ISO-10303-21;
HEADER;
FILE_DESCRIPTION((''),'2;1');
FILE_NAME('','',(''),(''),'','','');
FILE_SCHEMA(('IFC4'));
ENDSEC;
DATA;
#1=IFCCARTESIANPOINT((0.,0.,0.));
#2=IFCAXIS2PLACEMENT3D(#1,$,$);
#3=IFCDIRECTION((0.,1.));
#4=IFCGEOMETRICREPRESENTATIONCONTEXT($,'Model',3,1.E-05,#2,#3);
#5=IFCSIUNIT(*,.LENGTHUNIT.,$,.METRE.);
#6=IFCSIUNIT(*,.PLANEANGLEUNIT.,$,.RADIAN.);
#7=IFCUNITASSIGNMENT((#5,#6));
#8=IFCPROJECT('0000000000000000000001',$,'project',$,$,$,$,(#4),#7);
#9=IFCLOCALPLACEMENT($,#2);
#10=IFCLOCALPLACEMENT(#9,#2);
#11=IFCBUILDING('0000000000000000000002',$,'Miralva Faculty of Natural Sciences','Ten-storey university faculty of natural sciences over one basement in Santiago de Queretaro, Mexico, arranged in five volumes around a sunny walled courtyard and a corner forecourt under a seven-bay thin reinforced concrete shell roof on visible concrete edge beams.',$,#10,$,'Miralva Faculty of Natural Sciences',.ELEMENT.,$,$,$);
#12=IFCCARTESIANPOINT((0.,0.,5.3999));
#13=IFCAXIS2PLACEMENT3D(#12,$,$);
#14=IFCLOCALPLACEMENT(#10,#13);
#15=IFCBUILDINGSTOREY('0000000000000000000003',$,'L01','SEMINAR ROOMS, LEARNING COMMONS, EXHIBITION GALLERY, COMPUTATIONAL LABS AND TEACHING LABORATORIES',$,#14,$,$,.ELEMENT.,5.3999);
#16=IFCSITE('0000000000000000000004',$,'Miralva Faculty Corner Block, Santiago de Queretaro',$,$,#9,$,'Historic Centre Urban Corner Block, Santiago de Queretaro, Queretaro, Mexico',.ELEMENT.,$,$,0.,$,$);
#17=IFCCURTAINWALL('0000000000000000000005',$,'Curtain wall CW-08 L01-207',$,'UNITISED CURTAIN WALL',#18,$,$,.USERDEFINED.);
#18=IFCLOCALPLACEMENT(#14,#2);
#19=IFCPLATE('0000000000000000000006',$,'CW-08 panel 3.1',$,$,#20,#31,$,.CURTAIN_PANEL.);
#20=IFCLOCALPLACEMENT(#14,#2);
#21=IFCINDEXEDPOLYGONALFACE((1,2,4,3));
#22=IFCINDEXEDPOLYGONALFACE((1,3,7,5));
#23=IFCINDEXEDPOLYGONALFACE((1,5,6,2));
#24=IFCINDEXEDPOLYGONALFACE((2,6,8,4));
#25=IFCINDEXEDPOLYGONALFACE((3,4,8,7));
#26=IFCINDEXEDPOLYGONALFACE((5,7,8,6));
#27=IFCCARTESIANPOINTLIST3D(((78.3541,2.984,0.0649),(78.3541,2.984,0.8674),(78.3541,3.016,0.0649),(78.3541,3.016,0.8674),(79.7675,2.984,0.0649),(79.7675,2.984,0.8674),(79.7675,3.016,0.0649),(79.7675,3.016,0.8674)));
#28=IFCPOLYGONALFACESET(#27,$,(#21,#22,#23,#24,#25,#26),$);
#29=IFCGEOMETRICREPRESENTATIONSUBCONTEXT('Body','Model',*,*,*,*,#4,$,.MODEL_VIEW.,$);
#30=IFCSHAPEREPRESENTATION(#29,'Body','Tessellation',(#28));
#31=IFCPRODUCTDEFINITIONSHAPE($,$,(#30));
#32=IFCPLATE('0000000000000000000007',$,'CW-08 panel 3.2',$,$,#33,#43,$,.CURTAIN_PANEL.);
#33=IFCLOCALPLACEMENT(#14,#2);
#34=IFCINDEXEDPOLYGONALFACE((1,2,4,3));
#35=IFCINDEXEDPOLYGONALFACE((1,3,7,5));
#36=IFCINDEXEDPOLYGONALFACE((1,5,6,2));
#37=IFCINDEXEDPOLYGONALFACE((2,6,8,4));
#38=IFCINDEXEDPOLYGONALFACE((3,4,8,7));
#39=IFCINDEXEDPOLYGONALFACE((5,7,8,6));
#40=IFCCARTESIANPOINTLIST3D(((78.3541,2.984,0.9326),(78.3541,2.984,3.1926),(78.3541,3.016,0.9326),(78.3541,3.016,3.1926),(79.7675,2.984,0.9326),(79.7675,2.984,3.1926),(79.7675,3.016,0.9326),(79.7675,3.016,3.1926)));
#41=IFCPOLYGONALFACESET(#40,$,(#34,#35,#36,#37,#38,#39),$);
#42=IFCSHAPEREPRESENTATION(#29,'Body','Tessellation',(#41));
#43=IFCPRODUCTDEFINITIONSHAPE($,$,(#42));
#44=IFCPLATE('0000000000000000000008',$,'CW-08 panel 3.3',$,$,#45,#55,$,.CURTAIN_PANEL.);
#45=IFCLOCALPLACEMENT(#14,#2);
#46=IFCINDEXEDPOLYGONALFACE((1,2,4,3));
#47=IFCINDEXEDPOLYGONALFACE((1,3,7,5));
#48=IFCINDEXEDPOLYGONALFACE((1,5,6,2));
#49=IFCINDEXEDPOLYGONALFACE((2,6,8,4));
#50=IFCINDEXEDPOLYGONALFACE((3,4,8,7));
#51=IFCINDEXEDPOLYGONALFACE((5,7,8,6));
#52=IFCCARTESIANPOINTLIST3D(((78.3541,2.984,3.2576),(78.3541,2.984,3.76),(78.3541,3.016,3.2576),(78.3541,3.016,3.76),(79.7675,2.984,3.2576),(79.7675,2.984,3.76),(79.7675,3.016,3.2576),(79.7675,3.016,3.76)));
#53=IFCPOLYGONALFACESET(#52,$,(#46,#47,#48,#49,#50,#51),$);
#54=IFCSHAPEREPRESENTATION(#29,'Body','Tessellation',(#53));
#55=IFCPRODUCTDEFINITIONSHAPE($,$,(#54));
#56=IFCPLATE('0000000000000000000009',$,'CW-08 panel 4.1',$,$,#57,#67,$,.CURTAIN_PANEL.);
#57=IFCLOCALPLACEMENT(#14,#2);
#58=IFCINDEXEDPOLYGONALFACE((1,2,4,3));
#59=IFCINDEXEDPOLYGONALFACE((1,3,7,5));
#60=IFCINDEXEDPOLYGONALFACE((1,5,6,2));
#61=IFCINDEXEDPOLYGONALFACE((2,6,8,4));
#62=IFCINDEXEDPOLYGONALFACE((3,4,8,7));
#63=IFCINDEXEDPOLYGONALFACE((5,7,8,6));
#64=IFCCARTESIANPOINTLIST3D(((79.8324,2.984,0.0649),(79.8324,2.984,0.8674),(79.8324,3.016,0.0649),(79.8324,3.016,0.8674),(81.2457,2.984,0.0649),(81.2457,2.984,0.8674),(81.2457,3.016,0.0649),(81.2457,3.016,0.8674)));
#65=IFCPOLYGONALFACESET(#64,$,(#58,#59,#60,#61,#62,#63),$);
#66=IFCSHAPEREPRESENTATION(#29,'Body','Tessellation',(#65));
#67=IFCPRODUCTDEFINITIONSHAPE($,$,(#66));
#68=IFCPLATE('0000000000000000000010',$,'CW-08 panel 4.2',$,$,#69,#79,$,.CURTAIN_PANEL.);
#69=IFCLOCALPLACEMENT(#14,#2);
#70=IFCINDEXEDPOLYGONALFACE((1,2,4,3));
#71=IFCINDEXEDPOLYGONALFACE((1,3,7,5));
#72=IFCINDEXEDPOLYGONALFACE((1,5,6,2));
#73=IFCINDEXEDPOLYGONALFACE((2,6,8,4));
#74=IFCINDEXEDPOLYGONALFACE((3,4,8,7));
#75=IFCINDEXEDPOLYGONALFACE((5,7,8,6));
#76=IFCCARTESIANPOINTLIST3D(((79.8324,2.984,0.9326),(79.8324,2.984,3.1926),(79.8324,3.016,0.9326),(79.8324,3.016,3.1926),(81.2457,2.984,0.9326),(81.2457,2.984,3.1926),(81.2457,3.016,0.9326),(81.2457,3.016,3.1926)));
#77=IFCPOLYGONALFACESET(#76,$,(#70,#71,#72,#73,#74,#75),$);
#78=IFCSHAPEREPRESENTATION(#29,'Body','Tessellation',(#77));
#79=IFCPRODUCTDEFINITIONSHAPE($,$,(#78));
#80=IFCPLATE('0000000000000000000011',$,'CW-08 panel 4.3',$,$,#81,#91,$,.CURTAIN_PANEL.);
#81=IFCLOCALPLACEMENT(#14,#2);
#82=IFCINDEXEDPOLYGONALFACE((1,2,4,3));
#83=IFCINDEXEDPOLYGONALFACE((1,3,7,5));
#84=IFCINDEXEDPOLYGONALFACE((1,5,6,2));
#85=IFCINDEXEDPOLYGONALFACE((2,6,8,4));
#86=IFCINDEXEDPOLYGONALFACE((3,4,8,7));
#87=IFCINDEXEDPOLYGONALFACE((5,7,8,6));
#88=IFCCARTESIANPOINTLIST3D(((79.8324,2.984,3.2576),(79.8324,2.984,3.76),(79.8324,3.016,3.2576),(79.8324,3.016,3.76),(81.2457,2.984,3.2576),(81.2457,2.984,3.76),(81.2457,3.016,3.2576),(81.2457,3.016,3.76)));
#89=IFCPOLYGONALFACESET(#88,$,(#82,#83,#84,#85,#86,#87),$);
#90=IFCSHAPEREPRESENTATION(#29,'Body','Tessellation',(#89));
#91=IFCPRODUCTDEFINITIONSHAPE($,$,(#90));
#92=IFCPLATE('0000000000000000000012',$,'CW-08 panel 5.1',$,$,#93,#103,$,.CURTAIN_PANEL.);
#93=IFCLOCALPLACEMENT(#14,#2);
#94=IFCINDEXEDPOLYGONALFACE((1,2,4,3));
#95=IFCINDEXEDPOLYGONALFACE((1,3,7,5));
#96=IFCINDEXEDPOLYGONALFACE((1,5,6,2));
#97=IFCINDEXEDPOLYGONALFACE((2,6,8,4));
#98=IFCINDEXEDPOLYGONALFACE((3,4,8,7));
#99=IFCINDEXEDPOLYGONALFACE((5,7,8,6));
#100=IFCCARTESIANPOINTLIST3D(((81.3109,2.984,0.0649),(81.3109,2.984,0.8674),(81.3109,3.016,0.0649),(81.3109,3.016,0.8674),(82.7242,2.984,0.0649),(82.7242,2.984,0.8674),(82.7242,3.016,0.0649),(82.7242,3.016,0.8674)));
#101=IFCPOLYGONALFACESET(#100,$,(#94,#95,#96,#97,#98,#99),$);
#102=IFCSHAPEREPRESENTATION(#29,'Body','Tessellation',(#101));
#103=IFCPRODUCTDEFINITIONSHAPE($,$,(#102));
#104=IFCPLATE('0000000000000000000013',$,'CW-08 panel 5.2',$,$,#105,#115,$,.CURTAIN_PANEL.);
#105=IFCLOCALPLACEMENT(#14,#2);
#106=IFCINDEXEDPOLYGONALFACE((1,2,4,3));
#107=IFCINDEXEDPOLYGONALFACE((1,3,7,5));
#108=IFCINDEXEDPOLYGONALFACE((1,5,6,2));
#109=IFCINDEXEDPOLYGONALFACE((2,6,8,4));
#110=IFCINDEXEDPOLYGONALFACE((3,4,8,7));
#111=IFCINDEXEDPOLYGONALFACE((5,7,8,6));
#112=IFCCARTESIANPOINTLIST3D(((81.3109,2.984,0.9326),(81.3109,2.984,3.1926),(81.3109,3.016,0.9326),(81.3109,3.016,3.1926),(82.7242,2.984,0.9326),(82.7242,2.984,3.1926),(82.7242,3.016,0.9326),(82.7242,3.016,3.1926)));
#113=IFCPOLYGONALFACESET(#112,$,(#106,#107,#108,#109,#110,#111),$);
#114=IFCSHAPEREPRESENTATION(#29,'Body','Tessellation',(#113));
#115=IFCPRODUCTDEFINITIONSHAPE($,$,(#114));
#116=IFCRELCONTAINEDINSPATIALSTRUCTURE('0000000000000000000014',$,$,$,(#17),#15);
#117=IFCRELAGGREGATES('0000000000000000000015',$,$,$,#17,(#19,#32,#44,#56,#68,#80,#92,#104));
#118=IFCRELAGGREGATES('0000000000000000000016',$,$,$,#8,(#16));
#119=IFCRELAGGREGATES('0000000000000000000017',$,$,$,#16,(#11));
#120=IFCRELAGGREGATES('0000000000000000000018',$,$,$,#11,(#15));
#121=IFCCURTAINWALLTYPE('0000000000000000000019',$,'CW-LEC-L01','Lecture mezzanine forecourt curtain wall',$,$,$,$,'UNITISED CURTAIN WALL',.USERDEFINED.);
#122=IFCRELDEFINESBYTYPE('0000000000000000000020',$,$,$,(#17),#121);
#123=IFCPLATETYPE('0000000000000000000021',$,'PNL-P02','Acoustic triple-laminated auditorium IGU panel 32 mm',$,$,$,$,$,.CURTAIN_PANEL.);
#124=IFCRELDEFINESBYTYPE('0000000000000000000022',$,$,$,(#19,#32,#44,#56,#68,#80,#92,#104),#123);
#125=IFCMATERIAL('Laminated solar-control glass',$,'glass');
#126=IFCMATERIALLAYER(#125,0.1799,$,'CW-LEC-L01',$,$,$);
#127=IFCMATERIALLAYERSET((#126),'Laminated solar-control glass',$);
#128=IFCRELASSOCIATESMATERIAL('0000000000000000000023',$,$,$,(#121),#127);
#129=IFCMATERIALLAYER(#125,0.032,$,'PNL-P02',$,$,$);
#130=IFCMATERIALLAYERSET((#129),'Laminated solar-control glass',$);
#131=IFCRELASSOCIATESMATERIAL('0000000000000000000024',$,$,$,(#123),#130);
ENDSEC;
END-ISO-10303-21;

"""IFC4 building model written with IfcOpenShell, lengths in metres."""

from ifc_helpers import new_model, si_unit, direction, frame, origin, origin_2d, place, context, subcontext, project, spatial, rectangle, extrude, material, layer, layer_set, type_object, element, aggregate, save


model = new_model("IFC4")

# Units and contexts
model_context = context("Model", 3, precision=1e-05, world=origin(), true_north=direction((0.0, 1.0)))
body_context = subcontext(model_context, "Body", "Model", "MODEL_VIEW")
ifc_project = project(units=[si_unit("LENGTHUNIT", "METRE"), si_unit("PLANEANGLEUNIT", "RADIAN")], contexts=[model_context])

# Site, building, storey
site_placement = place(None, origin())
site = spatial("IfcSite", under=ifc_project, at=site_placement, Name="Miralva Faculty Corner Block, Santiago de Queretaro", LongName="Historic Centre Urban Corner Block, Santiago de Queretaro, Queretaro, Mexico", CompositionType="ELEMENT", RefElevation=0.0)
building_placement = place(site_placement, origin())
building = spatial("IfcBuilding", under=site, at=building_placement, Name="Miralva Faculty of Natural Sciences", Description="Ten-storey university faculty of natural sciences over one basement in Santiago de Queretaro, Mexico, arranged in five volumes around a sunny walled courtyard and a corner forecourt under a seven-bay thin reinforced concrete shell roof on visible concrete edge beams.", LongName="Miralva Faculty of Natural Sciences", CompositionType="ELEMENT")
storey_placement = place(building_placement, frame((0.0, 0.0, 5.3999)))
storey = spatial("IfcBuildingStorey", under=building, at=storey_placement, Name="L01", Description="SEMINAR ROOMS, LEARNING COMMONS, EXHIBITION GALLERY, COMPUTATIONAL LABS AND TEACHING LABORATORIES", CompositionType="ELEMENT", Elevation=5.3999)

# Curtain wall, plates
ifc_material_1 = material(Name="Laminated solar-control glass", Category="glass")
ifc_layer_1 = layer(ifc_material_1, 0.1799, Name="CW-LEC-L01")
ifc_layer_set_1 = layer_set([ifc_layer_1], Name="Laminated solar-control glass")
curtain_wall_type = type_object("IfcCurtainWallType", Name="CW-LEC-L01", Description="Lecture mezzanine forecourt curtain wall", ElementType="UNITISED CURTAIN WALL", PredefinedType="USERDEFINED", material=ifc_layer_set_1)
curtain_wall_placement = place(storey_placement, origin())
curtain_wall = element("IfcCurtainWall", 1, at=curtain_wall_placement, inside=storey, type_object=curtain_wall_type, Name="Curtain wall CW-08 L01-207", ObjectType="UNITISED CURTAIN WALL", PredefinedType="USERDEFINED")
ifc_layer_2 = layer(ifc_material_1, 0.032, Name="PNL-P02")
ifc_layer_set_2 = layer_set([ifc_layer_2], Name="Laminated solar-control glass")
plate_type = type_object("IfcPlateType", Name="PNL-P02", Description="Acoustic triple-laminated auditorium IGU panel 32 mm", PredefinedType="CURTAIN_PANEL", material=ifc_layer_set_2)
plate_1_placement = place(storey_placement, frame((79.0608, 3.0, 0.0649), z_axis=(0.0, 0.0, 1.0), x_axis=(1.0, 0.0, 0.0)))
plate_1 = element("IfcPlate", 2, at=plate_1_placement, type_object=plate_type, Name="CW-08 panel 3.1", PredefinedType="CURTAIN_PANEL", context=body_context, shape_type="SweptSolid", body=[
    extrude(rectangle(XDim=1.4133, YDim=0.032, at=origin_2d()), origin(), (0.0, 0.0, 1.0), 0.8025),
])
plate_2_placement = place(storey_placement, frame((79.0608, 3.0, 0.9326), z_axis=(0.0, 0.0, 1.0), x_axis=(1.0, 0.0, 0.0)))
plate_2 = element("IfcPlate", 3, at=plate_2_placement, type_object=plate_type, Name="CW-08 panel 3.2", PredefinedType="CURTAIN_PANEL", context=body_context, shape_type="SweptSolid", body=[
    extrude(rectangle(XDim=1.4133, YDim=0.032, at=origin_2d()), origin(), (0.0, 0.0, 1.0), 2.26),
])
plate_3_placement = place(storey_placement, frame((79.0608, 3.0, 3.2576), z_axis=(0.0, 0.0, 1.0), x_axis=(1.0, 0.0, 0.0)))
plate_3 = element("IfcPlate", 4, at=plate_3_placement, type_object=plate_type, Name="CW-08 panel 3.3", PredefinedType="CURTAIN_PANEL", context=body_context, shape_type="SweptSolid", body=[
    extrude(rectangle(XDim=1.4133, YDim=0.032, at=origin_2d()), origin(), (0.0, 0.0, 1.0), 0.5024),
])
plate_4_placement = place(storey_placement, frame((80.5391, 3.0, 0.0649), z_axis=(0.0, 0.0, 1.0), x_axis=(1.0, 0.0, 0.0)))
plate_4 = element("IfcPlate", 5, at=plate_4_placement, type_object=plate_type, Name="CW-08 panel 4.1", PredefinedType="CURTAIN_PANEL", context=body_context, shape_type="SweptSolid", body=[
    extrude(rectangle(XDim=1.4133, YDim=0.032, at=origin_2d()), origin(), (0.0, 0.0, 1.0), 0.8025),
])
plate_5_placement = place(storey_placement, frame((80.5391, 3.0, 0.9326), z_axis=(0.0, 0.0, 1.0), x_axis=(1.0, 0.0, 0.0)))
plate_5 = element("IfcPlate", 6, at=plate_5_placement, type_object=plate_type, Name="CW-08 panel 4.2", PredefinedType="CURTAIN_PANEL", context=body_context, shape_type="SweptSolid", body=[
    extrude(rectangle(XDim=1.4133, YDim=0.032, at=origin_2d()), origin(), (0.0, 0.0, 1.0), 2.26),
])
plate_6_placement = place(storey_placement, frame((80.5391, 3.0, 3.2576), z_axis=(0.0, 0.0, 1.0), x_axis=(1.0, 0.0, 0.0)))
plate_6 = element("IfcPlate", 7, at=plate_6_placement, type_object=plate_type, Name="CW-08 panel 4.3", PredefinedType="CURTAIN_PANEL", context=body_context, shape_type="SweptSolid", body=[
    extrude(rectangle(XDim=1.4133, YDim=0.032, at=origin_2d()), origin(), (0.0, 0.0, 1.0), 0.5024),
])
plate_7_placement = place(storey_placement, frame((82.0176, 3.0, 0.0649), z_axis=(0.0, 0.0, 1.0), x_axis=(1.0, 0.0, 0.0)))
plate_7 = element("IfcPlate", 8, at=plate_7_placement, type_object=plate_type, Name="CW-08 panel 5.1", PredefinedType="CURTAIN_PANEL", context=body_context, shape_type="SweptSolid", body=[
    extrude(rectangle(XDim=1.4133, YDim=0.032, at=origin_2d()), origin(), (0.0, 0.0, 1.0), 0.8025),
])
plate_8_placement = place(storey_placement, frame((82.0176, 3.0, 0.9326), z_axis=(0.0, 0.0, 1.0), x_axis=(1.0, 0.0, 0.0)))
plate_8 = element("IfcPlate", 9, at=plate_8_placement, type_object=plate_type, Name="CW-08 panel 5.2", PredefinedType="CURTAIN_PANEL", context=body_context, shape_type="SweptSolid", body=[
    extrude(rectangle(XDim=1.4133, YDim=0.032, at=origin_2d()), origin(), (0.0, 0.0, 1.0), 2.26),
])
aggregate(curtain_wall, [plate_1, plate_2, plate_3, plate_4, plate_5, plate_6, plate_7, plate_8])

save(model, "model.ifc")
